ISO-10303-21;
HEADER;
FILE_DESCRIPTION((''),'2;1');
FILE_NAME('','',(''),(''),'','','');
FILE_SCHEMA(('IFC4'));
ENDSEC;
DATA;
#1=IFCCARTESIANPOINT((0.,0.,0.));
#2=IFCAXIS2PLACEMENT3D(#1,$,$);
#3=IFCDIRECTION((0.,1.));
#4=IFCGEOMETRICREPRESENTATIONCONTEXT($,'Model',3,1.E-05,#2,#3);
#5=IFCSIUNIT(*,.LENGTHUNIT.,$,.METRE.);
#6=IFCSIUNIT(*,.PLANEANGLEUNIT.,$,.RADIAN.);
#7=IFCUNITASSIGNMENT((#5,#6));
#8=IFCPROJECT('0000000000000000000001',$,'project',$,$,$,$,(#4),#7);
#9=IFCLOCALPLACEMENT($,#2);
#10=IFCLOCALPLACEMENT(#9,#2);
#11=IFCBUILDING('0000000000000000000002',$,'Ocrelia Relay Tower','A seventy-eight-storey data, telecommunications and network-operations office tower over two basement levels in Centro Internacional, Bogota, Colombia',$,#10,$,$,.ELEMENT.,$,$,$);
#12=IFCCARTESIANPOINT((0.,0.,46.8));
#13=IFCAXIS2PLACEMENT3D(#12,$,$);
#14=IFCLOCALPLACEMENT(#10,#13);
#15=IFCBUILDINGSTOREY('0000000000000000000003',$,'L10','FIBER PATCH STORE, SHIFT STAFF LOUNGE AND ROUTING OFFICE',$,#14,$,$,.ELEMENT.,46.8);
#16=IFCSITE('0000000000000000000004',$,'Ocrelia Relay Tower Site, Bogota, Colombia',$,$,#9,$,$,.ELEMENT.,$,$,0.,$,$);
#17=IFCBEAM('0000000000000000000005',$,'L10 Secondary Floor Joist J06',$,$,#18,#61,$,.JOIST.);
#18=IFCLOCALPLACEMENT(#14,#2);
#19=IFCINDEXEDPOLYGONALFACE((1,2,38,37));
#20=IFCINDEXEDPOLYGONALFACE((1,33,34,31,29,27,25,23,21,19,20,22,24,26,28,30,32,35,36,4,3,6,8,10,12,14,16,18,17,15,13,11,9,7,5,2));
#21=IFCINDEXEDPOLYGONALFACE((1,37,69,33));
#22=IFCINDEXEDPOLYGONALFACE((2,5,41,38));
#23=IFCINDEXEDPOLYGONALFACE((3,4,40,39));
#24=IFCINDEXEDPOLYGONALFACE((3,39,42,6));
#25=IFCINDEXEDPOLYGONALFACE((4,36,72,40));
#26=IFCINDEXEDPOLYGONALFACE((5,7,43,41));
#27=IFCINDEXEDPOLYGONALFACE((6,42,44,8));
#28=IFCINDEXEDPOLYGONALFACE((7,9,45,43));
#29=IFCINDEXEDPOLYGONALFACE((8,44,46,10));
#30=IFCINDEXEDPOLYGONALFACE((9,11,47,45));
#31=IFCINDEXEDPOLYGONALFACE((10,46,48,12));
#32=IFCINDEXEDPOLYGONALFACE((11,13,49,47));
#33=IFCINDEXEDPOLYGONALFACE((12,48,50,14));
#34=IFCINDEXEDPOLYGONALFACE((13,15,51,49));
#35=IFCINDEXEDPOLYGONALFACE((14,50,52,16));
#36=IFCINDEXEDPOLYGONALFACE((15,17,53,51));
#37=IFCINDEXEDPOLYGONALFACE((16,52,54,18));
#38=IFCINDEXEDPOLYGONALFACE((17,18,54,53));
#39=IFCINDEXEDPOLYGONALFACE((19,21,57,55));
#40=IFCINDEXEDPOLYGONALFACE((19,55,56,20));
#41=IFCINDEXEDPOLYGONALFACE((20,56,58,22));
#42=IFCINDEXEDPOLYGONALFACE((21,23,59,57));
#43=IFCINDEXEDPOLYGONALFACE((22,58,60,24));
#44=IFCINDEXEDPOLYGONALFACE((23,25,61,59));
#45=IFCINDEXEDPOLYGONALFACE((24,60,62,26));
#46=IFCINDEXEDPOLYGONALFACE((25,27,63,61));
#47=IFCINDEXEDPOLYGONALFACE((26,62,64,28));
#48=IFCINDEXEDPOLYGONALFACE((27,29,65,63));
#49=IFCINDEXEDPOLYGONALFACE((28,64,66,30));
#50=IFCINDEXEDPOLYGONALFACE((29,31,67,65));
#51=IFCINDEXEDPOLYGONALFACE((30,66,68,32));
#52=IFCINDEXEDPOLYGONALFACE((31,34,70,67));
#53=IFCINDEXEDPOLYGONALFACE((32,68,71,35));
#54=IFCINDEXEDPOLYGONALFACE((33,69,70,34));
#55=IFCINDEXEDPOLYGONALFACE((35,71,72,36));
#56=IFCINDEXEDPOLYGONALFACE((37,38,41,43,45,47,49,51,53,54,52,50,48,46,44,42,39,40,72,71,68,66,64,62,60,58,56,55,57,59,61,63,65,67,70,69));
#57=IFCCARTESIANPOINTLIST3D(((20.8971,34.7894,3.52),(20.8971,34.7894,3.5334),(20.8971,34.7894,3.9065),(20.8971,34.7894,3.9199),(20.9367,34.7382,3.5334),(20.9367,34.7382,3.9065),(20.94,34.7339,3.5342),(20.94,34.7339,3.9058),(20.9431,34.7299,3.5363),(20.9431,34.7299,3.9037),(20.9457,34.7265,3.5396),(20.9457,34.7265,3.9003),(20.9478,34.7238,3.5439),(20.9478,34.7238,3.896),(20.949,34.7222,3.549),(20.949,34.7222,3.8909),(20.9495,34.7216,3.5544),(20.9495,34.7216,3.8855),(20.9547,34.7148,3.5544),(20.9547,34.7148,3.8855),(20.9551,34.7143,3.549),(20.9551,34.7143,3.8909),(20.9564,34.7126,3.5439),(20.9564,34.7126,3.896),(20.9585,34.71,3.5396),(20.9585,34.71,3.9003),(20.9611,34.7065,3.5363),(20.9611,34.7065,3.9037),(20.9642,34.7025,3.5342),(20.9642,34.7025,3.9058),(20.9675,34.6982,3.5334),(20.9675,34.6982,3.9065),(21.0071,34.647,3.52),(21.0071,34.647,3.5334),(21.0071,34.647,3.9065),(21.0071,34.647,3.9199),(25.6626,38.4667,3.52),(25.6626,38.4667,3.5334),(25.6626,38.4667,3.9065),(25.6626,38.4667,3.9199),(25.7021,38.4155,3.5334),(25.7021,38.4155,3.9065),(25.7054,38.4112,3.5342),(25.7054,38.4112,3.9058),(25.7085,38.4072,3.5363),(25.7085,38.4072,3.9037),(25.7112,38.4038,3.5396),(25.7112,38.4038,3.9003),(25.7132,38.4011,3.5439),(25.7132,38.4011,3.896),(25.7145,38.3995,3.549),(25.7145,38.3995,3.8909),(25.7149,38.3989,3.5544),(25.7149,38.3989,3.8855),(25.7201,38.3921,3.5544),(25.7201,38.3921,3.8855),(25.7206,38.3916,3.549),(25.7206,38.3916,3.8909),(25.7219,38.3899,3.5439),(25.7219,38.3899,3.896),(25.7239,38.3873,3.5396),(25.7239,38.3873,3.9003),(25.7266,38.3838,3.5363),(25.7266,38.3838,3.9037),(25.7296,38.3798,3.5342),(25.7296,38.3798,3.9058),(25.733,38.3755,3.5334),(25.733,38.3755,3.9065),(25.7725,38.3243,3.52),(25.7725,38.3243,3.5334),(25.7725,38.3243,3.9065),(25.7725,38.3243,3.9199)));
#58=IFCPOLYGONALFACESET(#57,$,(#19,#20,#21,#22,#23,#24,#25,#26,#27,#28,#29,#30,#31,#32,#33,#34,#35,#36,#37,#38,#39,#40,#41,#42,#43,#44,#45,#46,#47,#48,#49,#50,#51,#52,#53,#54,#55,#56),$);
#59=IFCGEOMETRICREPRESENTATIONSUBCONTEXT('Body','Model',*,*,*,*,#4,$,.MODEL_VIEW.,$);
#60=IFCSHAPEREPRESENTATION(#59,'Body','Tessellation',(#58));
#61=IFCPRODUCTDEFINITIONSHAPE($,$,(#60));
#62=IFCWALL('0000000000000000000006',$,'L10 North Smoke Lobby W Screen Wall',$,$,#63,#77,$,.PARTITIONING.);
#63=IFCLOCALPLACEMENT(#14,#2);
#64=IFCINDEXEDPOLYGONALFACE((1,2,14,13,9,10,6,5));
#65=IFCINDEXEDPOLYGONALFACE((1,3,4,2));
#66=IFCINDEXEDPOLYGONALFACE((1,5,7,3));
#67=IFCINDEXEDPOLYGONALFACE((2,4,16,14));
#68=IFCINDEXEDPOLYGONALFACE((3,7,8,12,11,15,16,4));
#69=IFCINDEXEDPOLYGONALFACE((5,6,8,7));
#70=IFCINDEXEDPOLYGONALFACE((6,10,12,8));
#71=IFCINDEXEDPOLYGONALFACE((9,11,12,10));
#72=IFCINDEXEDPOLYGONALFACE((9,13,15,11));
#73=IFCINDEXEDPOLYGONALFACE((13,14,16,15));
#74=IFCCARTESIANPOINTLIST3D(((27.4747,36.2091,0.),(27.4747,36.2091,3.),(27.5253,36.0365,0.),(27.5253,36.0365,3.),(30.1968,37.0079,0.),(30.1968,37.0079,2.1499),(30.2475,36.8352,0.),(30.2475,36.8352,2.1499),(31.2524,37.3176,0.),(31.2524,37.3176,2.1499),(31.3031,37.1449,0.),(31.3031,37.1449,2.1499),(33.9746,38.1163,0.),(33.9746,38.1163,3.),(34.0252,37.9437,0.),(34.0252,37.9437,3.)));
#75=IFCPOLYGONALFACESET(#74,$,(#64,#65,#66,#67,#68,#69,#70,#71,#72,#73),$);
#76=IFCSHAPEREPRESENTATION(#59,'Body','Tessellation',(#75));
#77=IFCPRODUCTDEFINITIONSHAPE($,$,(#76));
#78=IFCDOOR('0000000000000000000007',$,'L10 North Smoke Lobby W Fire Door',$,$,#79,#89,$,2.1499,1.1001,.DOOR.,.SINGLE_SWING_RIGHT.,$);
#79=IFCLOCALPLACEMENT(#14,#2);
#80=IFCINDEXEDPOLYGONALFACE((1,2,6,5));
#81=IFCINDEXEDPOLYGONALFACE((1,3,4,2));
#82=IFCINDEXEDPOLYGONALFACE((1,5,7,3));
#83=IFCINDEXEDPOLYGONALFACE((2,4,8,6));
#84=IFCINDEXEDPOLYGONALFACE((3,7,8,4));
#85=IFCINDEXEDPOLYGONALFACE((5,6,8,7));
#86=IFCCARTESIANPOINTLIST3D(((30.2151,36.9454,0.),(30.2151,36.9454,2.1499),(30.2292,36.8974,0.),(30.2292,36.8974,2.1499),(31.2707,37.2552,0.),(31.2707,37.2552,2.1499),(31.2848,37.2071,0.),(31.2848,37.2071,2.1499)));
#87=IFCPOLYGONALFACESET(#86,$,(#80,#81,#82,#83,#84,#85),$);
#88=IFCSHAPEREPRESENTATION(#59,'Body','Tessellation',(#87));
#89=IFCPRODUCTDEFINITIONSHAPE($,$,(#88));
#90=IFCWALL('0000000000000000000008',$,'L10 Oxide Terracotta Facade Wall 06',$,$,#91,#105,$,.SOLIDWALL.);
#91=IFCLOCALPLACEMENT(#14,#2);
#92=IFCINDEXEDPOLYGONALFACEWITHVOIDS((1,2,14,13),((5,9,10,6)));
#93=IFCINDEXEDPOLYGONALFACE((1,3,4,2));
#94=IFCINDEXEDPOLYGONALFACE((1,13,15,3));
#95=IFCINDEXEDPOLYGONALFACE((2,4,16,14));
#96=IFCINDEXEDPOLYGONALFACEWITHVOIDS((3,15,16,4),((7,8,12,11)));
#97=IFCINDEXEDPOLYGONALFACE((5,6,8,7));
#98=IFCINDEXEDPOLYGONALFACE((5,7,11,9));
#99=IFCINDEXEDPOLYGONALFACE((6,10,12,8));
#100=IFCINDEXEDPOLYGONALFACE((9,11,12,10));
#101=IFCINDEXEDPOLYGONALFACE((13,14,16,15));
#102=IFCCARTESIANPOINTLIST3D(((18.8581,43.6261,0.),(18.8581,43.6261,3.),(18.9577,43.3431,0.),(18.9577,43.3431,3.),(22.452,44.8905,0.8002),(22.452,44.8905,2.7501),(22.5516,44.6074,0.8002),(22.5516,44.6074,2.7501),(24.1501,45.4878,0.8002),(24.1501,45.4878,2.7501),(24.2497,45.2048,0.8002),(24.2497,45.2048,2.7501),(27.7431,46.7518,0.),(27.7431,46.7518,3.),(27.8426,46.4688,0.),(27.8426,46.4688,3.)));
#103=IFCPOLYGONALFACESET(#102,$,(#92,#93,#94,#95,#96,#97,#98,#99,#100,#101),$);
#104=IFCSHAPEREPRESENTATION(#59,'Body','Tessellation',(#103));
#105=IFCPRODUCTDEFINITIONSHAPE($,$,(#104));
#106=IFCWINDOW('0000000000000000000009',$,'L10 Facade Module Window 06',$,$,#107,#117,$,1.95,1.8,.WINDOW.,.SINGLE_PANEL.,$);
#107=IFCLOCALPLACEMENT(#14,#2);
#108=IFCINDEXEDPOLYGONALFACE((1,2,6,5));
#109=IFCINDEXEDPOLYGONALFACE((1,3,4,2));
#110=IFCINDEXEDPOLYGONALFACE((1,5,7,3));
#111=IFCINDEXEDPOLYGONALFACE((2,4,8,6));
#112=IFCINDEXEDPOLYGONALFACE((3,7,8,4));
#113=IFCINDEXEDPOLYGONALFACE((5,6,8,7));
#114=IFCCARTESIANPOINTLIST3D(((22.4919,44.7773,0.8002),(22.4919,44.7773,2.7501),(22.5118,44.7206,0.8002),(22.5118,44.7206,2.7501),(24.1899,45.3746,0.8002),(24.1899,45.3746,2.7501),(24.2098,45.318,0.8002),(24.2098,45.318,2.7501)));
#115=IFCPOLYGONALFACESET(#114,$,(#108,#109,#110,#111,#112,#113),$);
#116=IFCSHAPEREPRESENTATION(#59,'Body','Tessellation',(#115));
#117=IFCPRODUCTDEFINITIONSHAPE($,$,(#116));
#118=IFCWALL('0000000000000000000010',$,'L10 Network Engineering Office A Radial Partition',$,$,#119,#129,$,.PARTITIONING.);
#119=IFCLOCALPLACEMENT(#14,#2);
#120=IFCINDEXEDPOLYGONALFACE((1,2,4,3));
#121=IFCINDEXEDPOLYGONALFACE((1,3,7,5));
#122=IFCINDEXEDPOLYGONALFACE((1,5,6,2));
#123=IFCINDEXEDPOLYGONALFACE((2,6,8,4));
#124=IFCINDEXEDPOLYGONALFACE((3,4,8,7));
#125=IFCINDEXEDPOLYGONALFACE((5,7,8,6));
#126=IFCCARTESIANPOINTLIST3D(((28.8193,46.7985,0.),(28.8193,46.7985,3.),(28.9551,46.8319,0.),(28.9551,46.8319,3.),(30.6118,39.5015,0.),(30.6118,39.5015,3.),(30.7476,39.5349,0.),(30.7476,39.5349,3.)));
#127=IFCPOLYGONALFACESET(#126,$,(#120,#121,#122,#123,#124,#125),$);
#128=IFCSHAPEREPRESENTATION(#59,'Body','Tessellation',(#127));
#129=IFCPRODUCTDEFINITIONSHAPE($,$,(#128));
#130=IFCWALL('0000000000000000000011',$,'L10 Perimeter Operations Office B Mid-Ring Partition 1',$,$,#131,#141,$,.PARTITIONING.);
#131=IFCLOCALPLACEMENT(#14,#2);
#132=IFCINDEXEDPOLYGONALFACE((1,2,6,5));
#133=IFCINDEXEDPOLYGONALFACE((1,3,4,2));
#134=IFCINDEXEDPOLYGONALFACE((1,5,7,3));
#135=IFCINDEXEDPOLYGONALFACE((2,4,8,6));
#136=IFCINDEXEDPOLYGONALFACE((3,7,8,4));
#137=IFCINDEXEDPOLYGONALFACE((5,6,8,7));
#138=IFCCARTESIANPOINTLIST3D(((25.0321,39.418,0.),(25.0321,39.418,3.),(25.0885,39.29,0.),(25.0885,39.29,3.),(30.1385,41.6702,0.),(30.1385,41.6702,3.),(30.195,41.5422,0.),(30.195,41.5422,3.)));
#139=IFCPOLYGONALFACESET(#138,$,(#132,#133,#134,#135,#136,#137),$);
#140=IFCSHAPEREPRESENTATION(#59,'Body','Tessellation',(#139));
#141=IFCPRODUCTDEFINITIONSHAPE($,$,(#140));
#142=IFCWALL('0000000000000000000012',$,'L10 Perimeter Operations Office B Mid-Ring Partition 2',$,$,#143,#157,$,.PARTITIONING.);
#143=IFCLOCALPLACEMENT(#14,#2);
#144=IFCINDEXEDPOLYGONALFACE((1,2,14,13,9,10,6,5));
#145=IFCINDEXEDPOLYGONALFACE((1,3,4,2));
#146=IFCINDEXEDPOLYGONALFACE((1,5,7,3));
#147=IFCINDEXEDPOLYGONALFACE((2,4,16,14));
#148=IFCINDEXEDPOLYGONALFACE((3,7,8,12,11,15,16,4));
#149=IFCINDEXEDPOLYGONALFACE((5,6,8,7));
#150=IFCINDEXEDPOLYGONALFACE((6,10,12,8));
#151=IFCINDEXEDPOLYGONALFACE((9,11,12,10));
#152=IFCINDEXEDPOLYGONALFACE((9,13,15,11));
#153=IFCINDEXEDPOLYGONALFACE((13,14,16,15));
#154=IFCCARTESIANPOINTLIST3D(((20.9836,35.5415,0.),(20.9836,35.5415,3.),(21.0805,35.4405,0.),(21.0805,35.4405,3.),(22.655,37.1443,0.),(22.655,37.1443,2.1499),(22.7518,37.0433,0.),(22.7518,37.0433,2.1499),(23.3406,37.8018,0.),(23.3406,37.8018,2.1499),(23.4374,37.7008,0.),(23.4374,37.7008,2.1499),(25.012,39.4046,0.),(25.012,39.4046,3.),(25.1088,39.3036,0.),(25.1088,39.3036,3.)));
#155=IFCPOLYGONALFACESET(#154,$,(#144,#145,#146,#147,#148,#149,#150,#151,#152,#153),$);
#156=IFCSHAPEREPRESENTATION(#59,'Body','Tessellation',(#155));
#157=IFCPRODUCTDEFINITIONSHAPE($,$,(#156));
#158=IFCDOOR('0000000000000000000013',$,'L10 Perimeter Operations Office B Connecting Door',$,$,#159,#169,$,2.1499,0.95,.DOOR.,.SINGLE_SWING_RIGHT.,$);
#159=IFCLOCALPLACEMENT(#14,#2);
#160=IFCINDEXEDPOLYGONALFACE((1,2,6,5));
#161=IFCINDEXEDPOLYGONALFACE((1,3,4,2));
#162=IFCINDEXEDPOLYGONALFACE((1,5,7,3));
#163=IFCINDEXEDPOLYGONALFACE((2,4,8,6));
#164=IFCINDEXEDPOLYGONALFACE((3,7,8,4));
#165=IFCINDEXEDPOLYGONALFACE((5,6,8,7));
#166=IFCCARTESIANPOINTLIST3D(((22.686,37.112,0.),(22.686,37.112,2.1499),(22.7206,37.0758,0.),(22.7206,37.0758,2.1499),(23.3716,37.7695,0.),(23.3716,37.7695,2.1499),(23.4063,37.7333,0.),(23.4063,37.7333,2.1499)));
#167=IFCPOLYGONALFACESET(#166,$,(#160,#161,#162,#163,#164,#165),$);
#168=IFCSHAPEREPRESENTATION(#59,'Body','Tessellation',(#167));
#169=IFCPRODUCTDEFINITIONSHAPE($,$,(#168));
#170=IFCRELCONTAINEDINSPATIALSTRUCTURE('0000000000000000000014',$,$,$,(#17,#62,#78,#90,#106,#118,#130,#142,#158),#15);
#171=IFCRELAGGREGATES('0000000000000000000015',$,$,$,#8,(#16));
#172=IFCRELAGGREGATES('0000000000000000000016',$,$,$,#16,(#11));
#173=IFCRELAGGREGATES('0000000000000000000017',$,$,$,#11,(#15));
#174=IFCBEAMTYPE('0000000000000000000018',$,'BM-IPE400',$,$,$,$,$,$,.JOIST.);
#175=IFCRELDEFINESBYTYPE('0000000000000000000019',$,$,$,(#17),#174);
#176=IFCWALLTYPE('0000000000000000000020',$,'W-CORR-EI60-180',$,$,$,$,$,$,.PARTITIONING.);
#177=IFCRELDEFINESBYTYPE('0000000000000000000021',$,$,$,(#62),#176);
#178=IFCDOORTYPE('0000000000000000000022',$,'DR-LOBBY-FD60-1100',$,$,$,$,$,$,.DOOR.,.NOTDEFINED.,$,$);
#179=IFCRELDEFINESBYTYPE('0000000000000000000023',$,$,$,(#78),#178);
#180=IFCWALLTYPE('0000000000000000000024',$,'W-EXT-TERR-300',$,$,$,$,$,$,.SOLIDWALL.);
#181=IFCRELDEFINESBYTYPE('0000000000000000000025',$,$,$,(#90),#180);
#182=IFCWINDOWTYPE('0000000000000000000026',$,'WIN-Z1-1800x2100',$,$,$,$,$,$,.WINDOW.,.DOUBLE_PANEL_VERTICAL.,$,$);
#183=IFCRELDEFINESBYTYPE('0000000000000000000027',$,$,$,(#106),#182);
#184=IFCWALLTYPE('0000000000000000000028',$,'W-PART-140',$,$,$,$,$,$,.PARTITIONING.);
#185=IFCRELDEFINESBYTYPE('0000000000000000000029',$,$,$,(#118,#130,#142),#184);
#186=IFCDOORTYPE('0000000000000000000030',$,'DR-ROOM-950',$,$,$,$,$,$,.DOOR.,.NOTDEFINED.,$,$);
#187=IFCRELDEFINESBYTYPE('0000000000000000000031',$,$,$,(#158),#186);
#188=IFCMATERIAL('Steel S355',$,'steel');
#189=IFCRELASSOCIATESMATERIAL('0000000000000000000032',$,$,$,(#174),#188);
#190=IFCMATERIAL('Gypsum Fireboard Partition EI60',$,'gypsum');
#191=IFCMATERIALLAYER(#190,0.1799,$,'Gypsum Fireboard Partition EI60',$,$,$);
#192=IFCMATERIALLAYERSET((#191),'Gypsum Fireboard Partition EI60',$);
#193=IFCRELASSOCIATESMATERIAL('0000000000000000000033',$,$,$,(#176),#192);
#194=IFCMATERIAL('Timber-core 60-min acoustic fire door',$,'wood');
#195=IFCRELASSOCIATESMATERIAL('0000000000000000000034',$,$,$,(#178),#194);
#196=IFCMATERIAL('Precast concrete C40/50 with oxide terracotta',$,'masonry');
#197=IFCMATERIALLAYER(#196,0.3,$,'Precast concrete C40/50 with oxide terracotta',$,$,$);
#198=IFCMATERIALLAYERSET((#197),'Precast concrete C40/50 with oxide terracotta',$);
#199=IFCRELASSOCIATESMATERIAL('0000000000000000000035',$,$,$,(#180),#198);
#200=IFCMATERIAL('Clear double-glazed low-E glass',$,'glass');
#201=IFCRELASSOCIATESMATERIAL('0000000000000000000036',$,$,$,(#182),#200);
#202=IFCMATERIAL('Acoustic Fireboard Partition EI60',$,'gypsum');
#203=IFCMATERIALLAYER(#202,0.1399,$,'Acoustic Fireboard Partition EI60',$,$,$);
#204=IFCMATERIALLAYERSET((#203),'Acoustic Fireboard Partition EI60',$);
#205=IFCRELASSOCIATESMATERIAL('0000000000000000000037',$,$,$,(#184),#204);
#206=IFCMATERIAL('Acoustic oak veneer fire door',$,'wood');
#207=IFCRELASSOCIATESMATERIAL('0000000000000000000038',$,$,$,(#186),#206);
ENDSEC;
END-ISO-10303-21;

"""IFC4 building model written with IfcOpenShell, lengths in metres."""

from ifc_helpers import new_model, si_unit, direction, frame, frame_2d, origin, origin_2d, place, context, subcontext, project, spatial, rectangle, i_section, extrude, material, layer, layer_set, material_profile, profile_set, type_object, element, fill, save


model = new_model("IFC4")

# Units and contexts
model_context = context("Model", 3, precision=1e-05, world=origin(), true_north=direction((0.0, 1.0)))
body_context = subcontext(model_context, "Body", "Model", "MODEL_VIEW")
ifc_project = project(units=[si_unit("LENGTHUNIT", "METRE"), si_unit("PLANEANGLEUNIT", "RADIAN")], contexts=[model_context])

# Site, building, storey
site_placement = place(None, origin())
site = spatial("IfcSite", under=ifc_project, at=site_placement, Name="Ocrelia Relay Tower Site, Bogota, Colombia", CompositionType="ELEMENT", RefElevation=0.0)
building_placement = place(site_placement, origin())
building = spatial("IfcBuilding", under=site, at=building_placement, Name="Ocrelia Relay Tower", Description="A seventy-eight-storey data, telecommunications and network-operations office tower over two basement levels in Centro Internacional, Bogota, Colombia", CompositionType="ELEMENT")
storey_placement = place(building_placement, frame((0.0, 0.0, 46.8)))
storey = spatial("IfcBuildingStorey", under=building, at=storey_placement, Name="L10", Description="FIBER PATCH STORE, SHIFT STAFF LOUNGE AND ROUTING OFFICE", CompositionType="ELEMENT", Elevation=46.8)

# Beam
ifc_material_1 = material(Name="Steel S355", Category="steel")
ifc_material_profile_1 = material_profile(ifc_material_1, i_section(OverallWidth=0.1799, OverallDepth=0.3999, WebThickness=0.0085, FlangeThickness=0.0134, FilletRadius=0.021, at=origin_2d()), Name="IPE 400")
ifc_profile_set_1 = profile_set([ifc_material_profile_1], Name="Steel S355")
beam_type_1 = type_object("IfcBeamType", Name="BM-IPE400", PredefinedType="JOIST", material=ifc_profile_set_1)
beam_1_placement = place(storey_placement, frame((25.7175, 38.3955, 3.72), z_axis=(-0.791694, -0.610918, 0.0), x_axis=(0.610918, -0.791694, 0.0)))
element("IfcBeam", 1, at=beam_1_placement, inside=storey, type_object=beam_type_1, Name="L10 Secondary Floor Joist J06", PredefinedType="JOIST", context=body_context, shape_type="SweptSolid", body=[
    extrude(i_section(OverallWidth=0.1799, OverallDepth=0.3999, WebThickness=0.0085, FlangeThickness=0.0134, FilletRadius=0.021, at=origin_2d()), origin(), (0.0, 0.0, 1.0), 6.0193),
])

# Wall, opening, door
ifc_material_2 = material(Name="Gypsum Fireboard Partition EI60", Category="gypsum")
ifc_layer_1 = layer(ifc_material_2, 0.1799, Name="Gypsum Fireboard Partition EI60")
ifc_layer_set_1 = layer_set([ifc_layer_1], Name="Gypsum Fireboard Partition EI60")
wall_type_1 = type_object("IfcWallType", Name="W-CORR-EI60-180", PredefinedType="PARTITIONING", material=ifc_layer_set_1)
wall_1_placement = place(storey_placement, frame((27.5, 36.1228, 0.0), z_axis=(0.0, 0.0, 1.0), x_axis=(0.959547, 0.28155, 0.0)))
wall_1 = element("IfcWall", 2, at=wall_1_placement, inside=storey, type_object=wall_type_1, Name="L10 North Smoke Lobby W Screen Wall", PredefinedType="PARTITIONING", context=body_context, shape_type="SweptSolid", body=[
    extrude(rectangle(XDim=6.7739, YDim=0.1799, at=frame_2d((3.387, 0.0))), origin(), (0.0, 0.0, 1.0), 3.0),
])
opening_1_placement = place(wall_1_placement, frame((2.8369, 0.0, 0.0)))
opening_1 = element("IfcOpeningElement", 3, at=opening_1_placement, cuts=wall_1, PredefinedType="OPENING", context=body_context, shape_type="SweptSolid", body=[
    extrude(rectangle(XDim=1.1001, YDim=2.1499, at=frame_2d((0.55, 1.075))), frame((0.0, 0.1001, 0.0), z_axis=(0.0, -1.0, 0.0), x_axis=(1.0, 0.0, 0.0)), (0.0, 0.0, 1.0), 0.2),
])
ifc_material_3 = material(Name="Timber-core 60-min acoustic fire door", Category="wood")
door_type_1 = type_object("IfcDoorType", Name="DR-LOBBY-FD60-1100", OperationType="NOTDEFINED", PredefinedType="DOOR", material=ifc_material_3)
door_1_placement = place(opening_1_placement, origin())
door_1 = element("IfcDoor", 4, at=door_1_placement, inside=storey, type_object=door_type_1, Name="L10 North Smoke Lobby W Fire Door", OperationType="SINGLE_SWING_RIGHT", OverallHeight=2.1499, OverallWidth=1.1001, PredefinedType="DOOR", context=body_context, shape_type="SweptSolid", body=[
    extrude(rectangle(XDim=1.1001, YDim=2.1499, at=frame_2d((0.55, 1.075))), frame((0.0, 0.0249, 0.0), z_axis=(0.0, -1.0, 0.0), x_axis=(1.0, 0.0, 0.0)), (0.0, 0.0, 1.0), 0.05),
])
fill(opening_1, door_1)
ifc_material_4 = material(Name="Acoustic oak veneer fire door", Category="wood")

# Wall, opening, window
ifc_material_5 = material(Name="Precast concrete C40/50 with oxide terracotta", Category="masonry")
ifc_layer_2 = layer(ifc_material_5, 0.3, Name="Precast concrete C40/50 with oxide terracotta")
ifc_layer_set_2 = layer_set([ifc_layer_2], Name="Precast concrete C40/50 with oxide terracotta")
wall_type_2 = type_object("IfcWallType", Name="W-EXT-TERR-300", PredefinedType="SOLIDWALL", material=ifc_layer_set_2)
wall_2_placement = place(storey_placement, frame((27.793, 46.6104, 0.0), z_axis=(0.0, 0.0, 1.0), x_axis=(-0.943328, -0.331861, 0.0)))
wall_2 = element("IfcWall", 5, at=wall_2_placement, inside=storey, type_object=wall_type_2, Name="L10 Oxide Terracotta Facade Wall 06", PredefinedType="SOLIDWALL", context=body_context, shape_type="SweptSolid", body=[
    extrude(rectangle(XDim=9.4187, YDim=0.3, at=frame_2d((4.7095, 0.0))), origin(), (0.0, 0.0, 1.0), 3.0),
])
opening_2_placement = place(wall_2_placement, frame((3.8091, 0.0, 0.8)))
opening_2 = element("IfcOpeningElement", 6, at=opening_2_placement, cuts=wall_2, PredefinedType="OPENING", context=body_context, shape_type="SweptSolid", body=[
    extrude(rectangle(XDim=1.8, YDim=1.95, at=frame_2d((0.8999, 0.9751))), frame((0.0, 0.1602, 0.0), z_axis=(0.0, -1.0, 0.0), x_axis=(1.0, 0.0, 0.0)), (0.0, 0.0, 1.0), 0.3201),
])
ifc_material_6 = material(Name="Clear double-glazed low-E glass", Category="glass")
window_type = type_object("IfcWindowType", Name="WIN-Z1-1800x2100", PartitioningType="DOUBLE_PANEL_VERTICAL", PredefinedType="WINDOW", material=ifc_material_6)
window_placement = place(opening_2_placement, origin())
window = element("IfcWindow", 7, at=window_placement, inside=storey, type_object=window_type, Name="L10 Facade Module Window 06", OverallHeight=1.95, OverallWidth=1.8, PartitioningType="SINGLE_PANEL", PredefinedType="WINDOW", context=body_context, shape_type="SweptSolid", body=[
    extrude(rectangle(XDim=1.8, YDim=1.95, at=frame_2d((0.8999, 0.9751))), frame((0.0, 0.03, 0.0), z_axis=(0.0, -1.0, 0.0), x_axis=(1.0, 0.0, 0.0)), (0.0, 0.0, 1.0), 0.0601),
])
fill(opening_2, window)

# Walls
ifc_material_7 = material(Name="Acoustic Fireboard Partition EI60", Category="gypsum")
ifc_layer_3 = layer(ifc_material_7, 0.1399, Name="Acoustic Fireboard Partition EI60")
ifc_layer_set_3 = layer_set([ifc_layer_3], Name="Acoustic Fireboard Partition EI60")
wall_type_3 = type_object("IfcWallType", Name="W-PART-140", PredefinedType="PARTITIONING", material=ifc_layer_set_3)
wall_3_placement = place(storey_placement, frame((30.6797, 39.5183, 0.0), z_axis=(0.0, 0.0, 1.0), x_axis=(-0.238558, 0.971128, 0.0)))
element("IfcWall", 8, at=wall_3_placement, inside=storey, type_object=wall_type_3, Name="L10 Network Engineering Office A Radial Partition", PredefinedType="PARTITIONING", context=body_context, shape_type="SweptSolid", body=[
    extrude(rectangle(XDim=7.5139, YDim=0.1399, at=frame_2d((3.7568, 0.0))), origin(), (0.0, 0.0, 1.0), 3.0),
])
wall_4_placement = place(storey_placement, frame((30.1667, 41.6062, 0.0), z_axis=(0.0, 0.0, 1.0), x_axis=(-0.914961, -0.403543, 0.0)))
element("IfcWall", 9, at=wall_4_placement, inside=storey, type_object=wall_type_3, Name="L10 Perimeter Operations Office B Mid-Ring Partition 1", PredefinedType="PARTITIONING", context=body_context, shape_type="SweptSolid", body=[
    extrude(rectangle(XDim=5.5811, YDim=0.1399, at=frame_2d((2.7905, 0.0))), origin(), (0.0, 0.0, 1.0), 3.0),
])

# Wall, opening, door
wall_5_placement = place(storey_placement, frame((25.0603, 39.354, 0.0), z_axis=(0.0, 0.0, 1.0), x_axis=(-0.721759, -0.692145, 0.0)))
wall_5 = element("IfcWall", 10, at=wall_5_placement, inside=storey, type_object=wall_type_3, Name="L10 Perimeter Operations Office B Mid-Ring Partition 2", PredefinedType="PARTITIONING", context=body_context, shape_type="SweptSolid", body=[
    extrude(rectangle(XDim=5.5813, YDim=0.1399, at=frame_2d((2.7905, 0.0))), origin(), (0.0, 0.0, 1.0), 3.0),
])
opening_3_placement = place(wall_5_placement, frame((2.3154, 0.0, 0.0)))
opening_3 = element("IfcOpeningElement", 11, at=opening_3_placement, cuts=wall_5, PredefinedType="OPENING", context=body_context, shape_type="SweptSolid", body=[
    extrude(rectangle(XDim=0.95, YDim=2.1499, at=frame_2d((0.4751, 1.075))), frame((0.0, 0.0801, 0.0), z_axis=(0.0, -1.0, 0.0), x_axis=(1.0, 0.0, 0.0)), (0.0, 0.0, 1.0), 0.1599),
])
door_type_2 = type_object("IfcDoorType", Name="DR-ROOM-950", OperationType="NOTDEFINED", PredefinedType="DOOR", material=ifc_material_4)
door_2_placement = place(opening_3_placement, origin())
door_2 = element("IfcDoor", 12, at=door_2_placement, inside=storey, type_object=door_type_2, Name="L10 Perimeter Operations Office B Connecting Door", OperationType="SINGLE_SWING_RIGHT", OverallHeight=2.1499, OverallWidth=0.95, PredefinedType="DOOR", context=body_context, shape_type="SweptSolid", body=[
    extrude(rectangle(XDim=0.95, YDim=2.1499, at=frame_2d((0.4751, 1.075))), frame((0.0, 0.0249, 0.0), z_axis=(0.0, -1.0, 0.0), x_axis=(1.0, 0.0, 0.0)), (0.0, 0.0, 1.0), 0.05),
])
fill(opening_3, door_2)

save(model, "model.ifc")
